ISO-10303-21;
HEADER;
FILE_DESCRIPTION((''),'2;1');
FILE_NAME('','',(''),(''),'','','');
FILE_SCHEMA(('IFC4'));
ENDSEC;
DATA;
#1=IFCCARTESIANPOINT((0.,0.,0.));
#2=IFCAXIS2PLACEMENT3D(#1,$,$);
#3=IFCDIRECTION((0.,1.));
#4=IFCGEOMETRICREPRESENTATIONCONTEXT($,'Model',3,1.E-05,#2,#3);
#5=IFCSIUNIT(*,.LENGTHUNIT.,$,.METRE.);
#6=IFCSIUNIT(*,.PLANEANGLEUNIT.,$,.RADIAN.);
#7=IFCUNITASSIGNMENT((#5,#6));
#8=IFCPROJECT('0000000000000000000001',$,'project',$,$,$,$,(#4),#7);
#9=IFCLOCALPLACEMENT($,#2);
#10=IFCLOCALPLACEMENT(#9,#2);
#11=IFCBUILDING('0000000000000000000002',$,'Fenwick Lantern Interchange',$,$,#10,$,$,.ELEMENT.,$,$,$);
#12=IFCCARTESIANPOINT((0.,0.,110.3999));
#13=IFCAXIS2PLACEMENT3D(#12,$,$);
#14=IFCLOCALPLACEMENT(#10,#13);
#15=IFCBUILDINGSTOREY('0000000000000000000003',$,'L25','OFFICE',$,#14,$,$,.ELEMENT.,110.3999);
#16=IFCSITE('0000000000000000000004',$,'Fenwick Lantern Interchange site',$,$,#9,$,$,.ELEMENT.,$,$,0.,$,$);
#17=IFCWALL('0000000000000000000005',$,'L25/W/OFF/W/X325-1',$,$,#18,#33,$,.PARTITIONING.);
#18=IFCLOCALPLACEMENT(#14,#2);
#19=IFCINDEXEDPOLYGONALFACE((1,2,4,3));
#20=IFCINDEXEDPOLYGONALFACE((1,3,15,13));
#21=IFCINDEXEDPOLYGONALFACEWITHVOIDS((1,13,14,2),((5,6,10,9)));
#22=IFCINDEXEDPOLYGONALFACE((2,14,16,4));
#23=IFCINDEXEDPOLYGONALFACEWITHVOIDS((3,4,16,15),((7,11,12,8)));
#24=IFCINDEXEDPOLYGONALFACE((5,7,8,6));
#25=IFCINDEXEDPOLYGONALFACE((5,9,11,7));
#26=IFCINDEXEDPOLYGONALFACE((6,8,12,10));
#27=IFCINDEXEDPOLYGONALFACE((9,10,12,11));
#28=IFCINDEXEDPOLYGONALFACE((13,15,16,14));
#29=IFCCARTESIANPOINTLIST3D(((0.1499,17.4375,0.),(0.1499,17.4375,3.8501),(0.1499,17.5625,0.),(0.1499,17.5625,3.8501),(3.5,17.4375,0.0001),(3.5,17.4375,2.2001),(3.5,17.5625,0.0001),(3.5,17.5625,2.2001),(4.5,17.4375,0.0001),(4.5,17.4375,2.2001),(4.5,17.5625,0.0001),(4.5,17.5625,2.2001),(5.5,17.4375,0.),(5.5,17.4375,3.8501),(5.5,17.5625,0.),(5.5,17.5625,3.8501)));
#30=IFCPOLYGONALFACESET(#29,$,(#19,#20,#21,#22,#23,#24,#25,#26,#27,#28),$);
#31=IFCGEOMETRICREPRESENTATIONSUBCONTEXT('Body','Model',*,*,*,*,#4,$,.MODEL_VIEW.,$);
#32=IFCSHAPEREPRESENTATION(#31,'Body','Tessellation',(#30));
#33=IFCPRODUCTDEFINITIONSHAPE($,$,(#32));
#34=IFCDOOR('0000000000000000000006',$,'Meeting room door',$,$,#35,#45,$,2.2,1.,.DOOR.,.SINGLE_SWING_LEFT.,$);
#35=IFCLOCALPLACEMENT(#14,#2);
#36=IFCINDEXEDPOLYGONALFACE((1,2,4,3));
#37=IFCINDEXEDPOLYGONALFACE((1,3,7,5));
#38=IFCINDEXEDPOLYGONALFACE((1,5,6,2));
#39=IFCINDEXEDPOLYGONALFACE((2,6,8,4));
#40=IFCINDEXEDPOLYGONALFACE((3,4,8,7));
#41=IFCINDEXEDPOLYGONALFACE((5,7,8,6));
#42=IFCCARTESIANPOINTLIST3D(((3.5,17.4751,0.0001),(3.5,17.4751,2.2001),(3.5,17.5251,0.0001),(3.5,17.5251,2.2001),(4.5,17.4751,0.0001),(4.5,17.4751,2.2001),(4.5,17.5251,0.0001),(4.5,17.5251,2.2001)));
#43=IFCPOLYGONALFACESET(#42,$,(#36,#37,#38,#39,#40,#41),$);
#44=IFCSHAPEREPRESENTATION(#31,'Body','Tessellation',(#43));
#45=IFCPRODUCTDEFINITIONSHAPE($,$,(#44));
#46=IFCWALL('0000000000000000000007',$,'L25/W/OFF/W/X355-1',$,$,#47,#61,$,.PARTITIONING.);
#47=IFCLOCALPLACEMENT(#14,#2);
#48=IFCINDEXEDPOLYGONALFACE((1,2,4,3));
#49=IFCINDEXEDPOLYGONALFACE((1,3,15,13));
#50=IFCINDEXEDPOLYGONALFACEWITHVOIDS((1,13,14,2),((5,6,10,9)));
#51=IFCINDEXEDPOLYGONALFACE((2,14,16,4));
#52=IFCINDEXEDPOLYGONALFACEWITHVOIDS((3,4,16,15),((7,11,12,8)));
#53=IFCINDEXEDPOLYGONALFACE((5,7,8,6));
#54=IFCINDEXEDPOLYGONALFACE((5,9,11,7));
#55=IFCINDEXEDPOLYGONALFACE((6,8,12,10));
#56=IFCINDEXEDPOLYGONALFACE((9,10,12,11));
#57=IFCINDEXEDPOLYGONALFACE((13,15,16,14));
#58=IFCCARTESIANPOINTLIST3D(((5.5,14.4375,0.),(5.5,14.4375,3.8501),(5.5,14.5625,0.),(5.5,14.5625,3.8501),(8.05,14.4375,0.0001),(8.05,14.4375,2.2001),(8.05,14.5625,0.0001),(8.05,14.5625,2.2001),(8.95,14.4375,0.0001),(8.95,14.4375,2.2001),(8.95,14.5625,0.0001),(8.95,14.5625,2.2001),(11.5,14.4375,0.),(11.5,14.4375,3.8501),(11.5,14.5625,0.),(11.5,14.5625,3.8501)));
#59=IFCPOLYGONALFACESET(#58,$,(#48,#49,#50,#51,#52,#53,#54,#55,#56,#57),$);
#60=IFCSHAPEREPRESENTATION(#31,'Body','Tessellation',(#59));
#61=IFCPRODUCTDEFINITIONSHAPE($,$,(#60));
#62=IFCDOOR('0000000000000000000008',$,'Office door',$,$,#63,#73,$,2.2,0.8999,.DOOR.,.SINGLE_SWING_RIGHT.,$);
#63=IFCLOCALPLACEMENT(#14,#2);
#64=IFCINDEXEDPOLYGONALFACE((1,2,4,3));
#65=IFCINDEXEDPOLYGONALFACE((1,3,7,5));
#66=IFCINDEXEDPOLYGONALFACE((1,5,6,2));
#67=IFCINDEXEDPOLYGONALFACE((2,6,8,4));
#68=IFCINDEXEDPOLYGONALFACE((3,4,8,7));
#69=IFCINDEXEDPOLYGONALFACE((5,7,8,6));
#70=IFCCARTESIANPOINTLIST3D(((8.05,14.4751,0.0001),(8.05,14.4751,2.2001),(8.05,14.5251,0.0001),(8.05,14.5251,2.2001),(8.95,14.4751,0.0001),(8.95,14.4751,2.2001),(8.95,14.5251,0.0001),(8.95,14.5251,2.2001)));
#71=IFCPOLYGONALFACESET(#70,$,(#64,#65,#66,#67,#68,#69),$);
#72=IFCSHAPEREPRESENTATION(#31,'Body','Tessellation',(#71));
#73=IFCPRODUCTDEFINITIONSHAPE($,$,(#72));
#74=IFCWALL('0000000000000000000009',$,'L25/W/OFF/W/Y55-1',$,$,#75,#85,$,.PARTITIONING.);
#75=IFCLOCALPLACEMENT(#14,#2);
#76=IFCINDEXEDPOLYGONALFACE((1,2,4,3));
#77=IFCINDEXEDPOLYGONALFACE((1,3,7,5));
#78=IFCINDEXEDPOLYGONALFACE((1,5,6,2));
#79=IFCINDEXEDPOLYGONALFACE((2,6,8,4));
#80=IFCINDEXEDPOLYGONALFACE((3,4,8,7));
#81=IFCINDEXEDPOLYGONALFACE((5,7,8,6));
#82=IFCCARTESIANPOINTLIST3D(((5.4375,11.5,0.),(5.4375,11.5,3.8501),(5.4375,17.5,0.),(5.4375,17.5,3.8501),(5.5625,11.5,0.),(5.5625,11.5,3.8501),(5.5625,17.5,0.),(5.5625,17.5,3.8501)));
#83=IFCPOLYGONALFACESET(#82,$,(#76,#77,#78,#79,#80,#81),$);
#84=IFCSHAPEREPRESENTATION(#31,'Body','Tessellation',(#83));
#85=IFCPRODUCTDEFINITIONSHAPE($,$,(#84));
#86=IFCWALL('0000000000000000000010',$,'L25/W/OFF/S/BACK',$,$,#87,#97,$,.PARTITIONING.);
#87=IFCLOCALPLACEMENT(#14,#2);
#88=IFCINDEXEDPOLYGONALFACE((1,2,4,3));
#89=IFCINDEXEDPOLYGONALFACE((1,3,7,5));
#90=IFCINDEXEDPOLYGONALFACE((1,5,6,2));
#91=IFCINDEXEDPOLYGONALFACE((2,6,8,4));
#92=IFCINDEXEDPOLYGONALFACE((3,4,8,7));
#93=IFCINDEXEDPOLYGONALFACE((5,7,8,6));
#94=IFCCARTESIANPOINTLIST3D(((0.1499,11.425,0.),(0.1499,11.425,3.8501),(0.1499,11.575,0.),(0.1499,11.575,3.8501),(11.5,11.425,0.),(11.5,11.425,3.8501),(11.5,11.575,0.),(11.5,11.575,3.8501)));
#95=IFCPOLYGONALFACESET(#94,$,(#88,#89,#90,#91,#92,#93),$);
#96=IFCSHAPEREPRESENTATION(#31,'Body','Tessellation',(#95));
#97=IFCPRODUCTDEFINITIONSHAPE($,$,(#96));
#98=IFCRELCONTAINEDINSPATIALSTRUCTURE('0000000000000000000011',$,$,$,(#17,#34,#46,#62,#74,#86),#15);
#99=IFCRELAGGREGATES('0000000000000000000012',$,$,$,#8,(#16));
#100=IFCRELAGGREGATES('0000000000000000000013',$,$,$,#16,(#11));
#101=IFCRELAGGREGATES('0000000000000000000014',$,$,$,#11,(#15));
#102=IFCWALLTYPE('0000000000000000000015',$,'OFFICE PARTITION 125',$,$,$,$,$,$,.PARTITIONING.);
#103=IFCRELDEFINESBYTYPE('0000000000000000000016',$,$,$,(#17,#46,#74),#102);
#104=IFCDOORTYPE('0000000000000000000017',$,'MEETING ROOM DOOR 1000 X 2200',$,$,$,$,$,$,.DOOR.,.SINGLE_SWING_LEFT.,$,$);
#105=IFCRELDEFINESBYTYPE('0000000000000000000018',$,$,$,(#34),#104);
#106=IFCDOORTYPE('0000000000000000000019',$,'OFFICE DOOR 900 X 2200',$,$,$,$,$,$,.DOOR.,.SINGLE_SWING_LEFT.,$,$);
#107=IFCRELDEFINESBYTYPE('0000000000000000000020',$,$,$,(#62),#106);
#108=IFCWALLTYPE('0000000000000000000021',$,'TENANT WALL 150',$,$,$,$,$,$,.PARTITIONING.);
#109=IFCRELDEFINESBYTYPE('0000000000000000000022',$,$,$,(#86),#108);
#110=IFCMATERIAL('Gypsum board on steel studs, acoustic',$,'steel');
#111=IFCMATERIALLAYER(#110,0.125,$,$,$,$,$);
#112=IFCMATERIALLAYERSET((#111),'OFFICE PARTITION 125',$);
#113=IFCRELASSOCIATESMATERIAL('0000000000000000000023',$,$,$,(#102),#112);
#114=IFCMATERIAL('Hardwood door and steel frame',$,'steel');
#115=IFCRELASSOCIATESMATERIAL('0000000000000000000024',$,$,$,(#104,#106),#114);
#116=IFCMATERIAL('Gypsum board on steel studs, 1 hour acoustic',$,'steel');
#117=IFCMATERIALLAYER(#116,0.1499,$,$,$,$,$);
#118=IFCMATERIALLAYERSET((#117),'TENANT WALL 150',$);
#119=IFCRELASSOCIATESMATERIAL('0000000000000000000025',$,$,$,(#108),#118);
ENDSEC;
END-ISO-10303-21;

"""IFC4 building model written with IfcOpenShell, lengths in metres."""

from ifc_helpers import new_model, si_unit, direction, frame, frame_2d, origin, place, context, subcontext, project, spatial, rectangle, extrude, material, layer, layer_set, type_object, element, fill, save


model = new_model("IFC4")

# Units and contexts
model_context = context("Model", 3, precision=1e-05, world=origin(), true_north=direction((0.0, 1.0)))
body_context = subcontext(model_context, "Body", "Model", "MODEL_VIEW")
ifc_project = project(units=[si_unit("LENGTHUNIT", "METRE"), si_unit("PLANEANGLEUNIT", "RADIAN")], contexts=[model_context])

# Site, building, storey
site_placement = place(None, origin())
site = spatial("IfcSite", under=ifc_project, at=site_placement, Name="Fenwick Lantern Interchange site", CompositionType="ELEMENT", RefElevation=0.0)
building_placement = place(site_placement, origin())
building = spatial("IfcBuilding", under=site, at=building_placement, Name="Fenwick Lantern Interchange", CompositionType="ELEMENT")
storey_placement = place(building_placement, frame((0.0, 0.0, 110.3999)))
storey = spatial("IfcBuildingStorey", under=building, at=storey_placement, Name="L25", Description="OFFICE", CompositionType="ELEMENT", Elevation=110.3999)

# Walls, openings, doors
ifc_material_1 = material(Name="Gypsum board on steel studs, acoustic", Category="steel")
ifc_layer_1 = layer(ifc_material_1, 0.125)
ifc_layer_set_1 = layer_set([ifc_layer_1], Name="OFFICE PARTITION 125")
wall_type_1 = type_object("IfcWallType", Name="OFFICE PARTITION 125", PredefinedType="PARTITIONING", material=ifc_layer_set_1)
wall_1_placement = place(storey_placement, frame((0.1499, 17.5, 0.0), z_axis=(0.0, 0.0, 1.0), x_axis=(1.0, 0.0, 0.0)))
wall_1 = element("IfcWall", 1, at=wall_1_placement, inside=storey, type_object=wall_type_1, Name="L25/W/OFF/W/X325-1", PredefinedType="PARTITIONING", context=body_context, shape_type="SweptSolid", body=[
    extrude(rectangle(XDim=5.3501, YDim=0.125, at=frame_2d((2.675, 0.0))), origin(), (0.0, 0.0, 1.0), 3.8501),
])
opening_1_placement = place(wall_1_placement, frame((3.3501, 0.0, 0.0)))
opening_1 = element("IfcOpeningElement", 2, at=opening_1_placement, cuts=wall_1, PredefinedType="OPENING", context=body_context, shape_type="SweptSolid", body=[
    extrude(rectangle(XDim=1.0, YDim=2.2, at=frame_2d((0.5, 1.1001))), frame((0.0, 0.0725, 0.0), z_axis=(0.0, -1.0, 0.0), x_axis=(1.0, 0.0, 0.0)), (0.0, 0.0, 1.0), 0.145),
])
ifc_material_2 = material(Name="Hardwood door and steel frame", Category="steel")
door_type_1 = type_object("IfcDoorType", Name="MEETING ROOM DOOR 1000 X 2200", OperationType="SINGLE_SWING_LEFT", PredefinedType="DOOR", material=ifc_material_2)
door_1_placement = place(opening_1_placement, frame((1.0, 0.0, 0.0), z_axis=(0.0, 0.0, 1.0), x_axis=(-1.0, 0.0, 0.0)))
door_1 = element("IfcDoor", 3, at=door_1_placement, inside=storey, type_object=door_type_1, Name="Meeting room door", OperationType="SINGLE_SWING_LEFT", OverallHeight=2.2, OverallWidth=1.0, PredefinedType="DOOR", context=body_context, shape_type="SweptSolid", body=[
    extrude(rectangle(XDim=1.0, YDim=2.2, at=frame_2d((0.5, 1.1001))), frame((0.0, 0.0249, 0.0), z_axis=(0.0, -1.0, 0.0), x_axis=(1.0, 0.0, 0.0)), (0.0, 0.0, 1.0), 0.05),
])
fill(opening_1, door_1)
wall_2_placement = place(storey_placement, frame((5.5, 14.5, 0.0), z_axis=(0.0, 0.0, 1.0), x_axis=(1.0, 0.0, 0.0)))
wall_2 = element("IfcWall", 4, at=wall_2_placement, inside=storey, type_object=wall_type_1, Name="L25/W/OFF/W/X355-1", PredefinedType="PARTITIONING", context=body_context, shape_type="SweptSolid", body=[
    extrude(rectangle(XDim=6.0, YDim=0.125, at=frame_2d((3.0, 0.0))), origin(), (0.0, 0.0, 1.0), 3.8501),
])
opening_2_placement = place(wall_2_placement, frame((2.55, 0.0, 0.0)))
opening_2 = element("IfcOpeningElement", 5, at=opening_2_placement, cuts=wall_2, PredefinedType="OPENING", context=body_context, shape_type="SweptSolid", body=[
    extrude(rectangle(XDim=0.8999, YDim=2.2, at=frame_2d((0.45, 1.1001))), frame((0.0, 0.0725, 0.0), z_axis=(0.0, -1.0, 0.0), x_axis=(1.0, 0.0, 0.0)), (0.0, 0.0, 1.0), 0.145),
])
door_type_2 = type_object("IfcDoorType", Name="OFFICE DOOR 900 X 2200", OperationType="SINGLE_SWING_LEFT", PredefinedType="DOOR", material=ifc_material_2)
door_2_placement = place(opening_2_placement, frame((0.8999, 0.0, 0.0), z_axis=(0.0, 0.0, 1.0), x_axis=(-1.0, 0.0, 0.0)))
door_2 = element("IfcDoor", 6, at=door_2_placement, inside=storey, type_object=door_type_2, Name="Office door", OperationType="SINGLE_SWING_RIGHT", OverallHeight=2.2, OverallWidth=0.8999, PredefinedType="DOOR", context=body_context, shape_type="SweptSolid", body=[
    extrude(rectangle(XDim=0.8999, YDim=2.2, at=frame_2d((0.45, 1.1001))), frame((0.0, 0.0249, 0.0), z_axis=(0.0, -1.0, 0.0), x_axis=(1.0, 0.0, 0.0)), (0.0, 0.0, 1.0), 0.05),
])
fill(opening_2, door_2)

# Walls
wall_3_placement = place(storey_placement, frame((5.5, 17.5, 0.0), z_axis=(0.0, 0.0, 1.0), x_axis=(0.0, -1.0, 0.0)))
element("IfcWall", 7, at=wall_3_placement, inside=storey, type_object=wall_type_1, Name="L25/W/OFF/W/Y55-1", PredefinedType="PARTITIONING", context=body_context, shape_type="SweptSolid", body=[
    extrude(rectangle(XDim=6.0, YDim=0.125, at=frame_2d((3.0, 0.0))), origin(), (0.0, 0.0, 1.0), 3.8501),
])
ifc_material_3 = material(Name="Gypsum board on steel studs, 1 hour acoustic", Category="steel")
ifc_layer_2 = layer(ifc_material_3, 0.1499)
ifc_layer_set_2 = layer_set([ifc_layer_2], Name="TENANT WALL 150")
wall_type_2 = type_object("IfcWallType", Name="TENANT WALL 150", PredefinedType="PARTITIONING", material=ifc_layer_set_2)
wall_4_placement = place(storey_placement, frame((0.1499, 11.5, 0.0), z_axis=(0.0, 0.0, 1.0), x_axis=(1.0, 0.0, 0.0)))
element("IfcWall", 8, at=wall_4_placement, inside=storey, type_object=wall_type_2, Name="L25/W/OFF/S/BACK", PredefinedType="PARTITIONING", context=body_context, shape_type="SweptSolid", body=[
    extrude(rectangle(XDim=11.3501, YDim=0.1499, at=frame_2d((5.675, 0.0))), origin(), (0.0, 0.0, 1.0), 3.8501),
])

save(model, "model.ifc")
